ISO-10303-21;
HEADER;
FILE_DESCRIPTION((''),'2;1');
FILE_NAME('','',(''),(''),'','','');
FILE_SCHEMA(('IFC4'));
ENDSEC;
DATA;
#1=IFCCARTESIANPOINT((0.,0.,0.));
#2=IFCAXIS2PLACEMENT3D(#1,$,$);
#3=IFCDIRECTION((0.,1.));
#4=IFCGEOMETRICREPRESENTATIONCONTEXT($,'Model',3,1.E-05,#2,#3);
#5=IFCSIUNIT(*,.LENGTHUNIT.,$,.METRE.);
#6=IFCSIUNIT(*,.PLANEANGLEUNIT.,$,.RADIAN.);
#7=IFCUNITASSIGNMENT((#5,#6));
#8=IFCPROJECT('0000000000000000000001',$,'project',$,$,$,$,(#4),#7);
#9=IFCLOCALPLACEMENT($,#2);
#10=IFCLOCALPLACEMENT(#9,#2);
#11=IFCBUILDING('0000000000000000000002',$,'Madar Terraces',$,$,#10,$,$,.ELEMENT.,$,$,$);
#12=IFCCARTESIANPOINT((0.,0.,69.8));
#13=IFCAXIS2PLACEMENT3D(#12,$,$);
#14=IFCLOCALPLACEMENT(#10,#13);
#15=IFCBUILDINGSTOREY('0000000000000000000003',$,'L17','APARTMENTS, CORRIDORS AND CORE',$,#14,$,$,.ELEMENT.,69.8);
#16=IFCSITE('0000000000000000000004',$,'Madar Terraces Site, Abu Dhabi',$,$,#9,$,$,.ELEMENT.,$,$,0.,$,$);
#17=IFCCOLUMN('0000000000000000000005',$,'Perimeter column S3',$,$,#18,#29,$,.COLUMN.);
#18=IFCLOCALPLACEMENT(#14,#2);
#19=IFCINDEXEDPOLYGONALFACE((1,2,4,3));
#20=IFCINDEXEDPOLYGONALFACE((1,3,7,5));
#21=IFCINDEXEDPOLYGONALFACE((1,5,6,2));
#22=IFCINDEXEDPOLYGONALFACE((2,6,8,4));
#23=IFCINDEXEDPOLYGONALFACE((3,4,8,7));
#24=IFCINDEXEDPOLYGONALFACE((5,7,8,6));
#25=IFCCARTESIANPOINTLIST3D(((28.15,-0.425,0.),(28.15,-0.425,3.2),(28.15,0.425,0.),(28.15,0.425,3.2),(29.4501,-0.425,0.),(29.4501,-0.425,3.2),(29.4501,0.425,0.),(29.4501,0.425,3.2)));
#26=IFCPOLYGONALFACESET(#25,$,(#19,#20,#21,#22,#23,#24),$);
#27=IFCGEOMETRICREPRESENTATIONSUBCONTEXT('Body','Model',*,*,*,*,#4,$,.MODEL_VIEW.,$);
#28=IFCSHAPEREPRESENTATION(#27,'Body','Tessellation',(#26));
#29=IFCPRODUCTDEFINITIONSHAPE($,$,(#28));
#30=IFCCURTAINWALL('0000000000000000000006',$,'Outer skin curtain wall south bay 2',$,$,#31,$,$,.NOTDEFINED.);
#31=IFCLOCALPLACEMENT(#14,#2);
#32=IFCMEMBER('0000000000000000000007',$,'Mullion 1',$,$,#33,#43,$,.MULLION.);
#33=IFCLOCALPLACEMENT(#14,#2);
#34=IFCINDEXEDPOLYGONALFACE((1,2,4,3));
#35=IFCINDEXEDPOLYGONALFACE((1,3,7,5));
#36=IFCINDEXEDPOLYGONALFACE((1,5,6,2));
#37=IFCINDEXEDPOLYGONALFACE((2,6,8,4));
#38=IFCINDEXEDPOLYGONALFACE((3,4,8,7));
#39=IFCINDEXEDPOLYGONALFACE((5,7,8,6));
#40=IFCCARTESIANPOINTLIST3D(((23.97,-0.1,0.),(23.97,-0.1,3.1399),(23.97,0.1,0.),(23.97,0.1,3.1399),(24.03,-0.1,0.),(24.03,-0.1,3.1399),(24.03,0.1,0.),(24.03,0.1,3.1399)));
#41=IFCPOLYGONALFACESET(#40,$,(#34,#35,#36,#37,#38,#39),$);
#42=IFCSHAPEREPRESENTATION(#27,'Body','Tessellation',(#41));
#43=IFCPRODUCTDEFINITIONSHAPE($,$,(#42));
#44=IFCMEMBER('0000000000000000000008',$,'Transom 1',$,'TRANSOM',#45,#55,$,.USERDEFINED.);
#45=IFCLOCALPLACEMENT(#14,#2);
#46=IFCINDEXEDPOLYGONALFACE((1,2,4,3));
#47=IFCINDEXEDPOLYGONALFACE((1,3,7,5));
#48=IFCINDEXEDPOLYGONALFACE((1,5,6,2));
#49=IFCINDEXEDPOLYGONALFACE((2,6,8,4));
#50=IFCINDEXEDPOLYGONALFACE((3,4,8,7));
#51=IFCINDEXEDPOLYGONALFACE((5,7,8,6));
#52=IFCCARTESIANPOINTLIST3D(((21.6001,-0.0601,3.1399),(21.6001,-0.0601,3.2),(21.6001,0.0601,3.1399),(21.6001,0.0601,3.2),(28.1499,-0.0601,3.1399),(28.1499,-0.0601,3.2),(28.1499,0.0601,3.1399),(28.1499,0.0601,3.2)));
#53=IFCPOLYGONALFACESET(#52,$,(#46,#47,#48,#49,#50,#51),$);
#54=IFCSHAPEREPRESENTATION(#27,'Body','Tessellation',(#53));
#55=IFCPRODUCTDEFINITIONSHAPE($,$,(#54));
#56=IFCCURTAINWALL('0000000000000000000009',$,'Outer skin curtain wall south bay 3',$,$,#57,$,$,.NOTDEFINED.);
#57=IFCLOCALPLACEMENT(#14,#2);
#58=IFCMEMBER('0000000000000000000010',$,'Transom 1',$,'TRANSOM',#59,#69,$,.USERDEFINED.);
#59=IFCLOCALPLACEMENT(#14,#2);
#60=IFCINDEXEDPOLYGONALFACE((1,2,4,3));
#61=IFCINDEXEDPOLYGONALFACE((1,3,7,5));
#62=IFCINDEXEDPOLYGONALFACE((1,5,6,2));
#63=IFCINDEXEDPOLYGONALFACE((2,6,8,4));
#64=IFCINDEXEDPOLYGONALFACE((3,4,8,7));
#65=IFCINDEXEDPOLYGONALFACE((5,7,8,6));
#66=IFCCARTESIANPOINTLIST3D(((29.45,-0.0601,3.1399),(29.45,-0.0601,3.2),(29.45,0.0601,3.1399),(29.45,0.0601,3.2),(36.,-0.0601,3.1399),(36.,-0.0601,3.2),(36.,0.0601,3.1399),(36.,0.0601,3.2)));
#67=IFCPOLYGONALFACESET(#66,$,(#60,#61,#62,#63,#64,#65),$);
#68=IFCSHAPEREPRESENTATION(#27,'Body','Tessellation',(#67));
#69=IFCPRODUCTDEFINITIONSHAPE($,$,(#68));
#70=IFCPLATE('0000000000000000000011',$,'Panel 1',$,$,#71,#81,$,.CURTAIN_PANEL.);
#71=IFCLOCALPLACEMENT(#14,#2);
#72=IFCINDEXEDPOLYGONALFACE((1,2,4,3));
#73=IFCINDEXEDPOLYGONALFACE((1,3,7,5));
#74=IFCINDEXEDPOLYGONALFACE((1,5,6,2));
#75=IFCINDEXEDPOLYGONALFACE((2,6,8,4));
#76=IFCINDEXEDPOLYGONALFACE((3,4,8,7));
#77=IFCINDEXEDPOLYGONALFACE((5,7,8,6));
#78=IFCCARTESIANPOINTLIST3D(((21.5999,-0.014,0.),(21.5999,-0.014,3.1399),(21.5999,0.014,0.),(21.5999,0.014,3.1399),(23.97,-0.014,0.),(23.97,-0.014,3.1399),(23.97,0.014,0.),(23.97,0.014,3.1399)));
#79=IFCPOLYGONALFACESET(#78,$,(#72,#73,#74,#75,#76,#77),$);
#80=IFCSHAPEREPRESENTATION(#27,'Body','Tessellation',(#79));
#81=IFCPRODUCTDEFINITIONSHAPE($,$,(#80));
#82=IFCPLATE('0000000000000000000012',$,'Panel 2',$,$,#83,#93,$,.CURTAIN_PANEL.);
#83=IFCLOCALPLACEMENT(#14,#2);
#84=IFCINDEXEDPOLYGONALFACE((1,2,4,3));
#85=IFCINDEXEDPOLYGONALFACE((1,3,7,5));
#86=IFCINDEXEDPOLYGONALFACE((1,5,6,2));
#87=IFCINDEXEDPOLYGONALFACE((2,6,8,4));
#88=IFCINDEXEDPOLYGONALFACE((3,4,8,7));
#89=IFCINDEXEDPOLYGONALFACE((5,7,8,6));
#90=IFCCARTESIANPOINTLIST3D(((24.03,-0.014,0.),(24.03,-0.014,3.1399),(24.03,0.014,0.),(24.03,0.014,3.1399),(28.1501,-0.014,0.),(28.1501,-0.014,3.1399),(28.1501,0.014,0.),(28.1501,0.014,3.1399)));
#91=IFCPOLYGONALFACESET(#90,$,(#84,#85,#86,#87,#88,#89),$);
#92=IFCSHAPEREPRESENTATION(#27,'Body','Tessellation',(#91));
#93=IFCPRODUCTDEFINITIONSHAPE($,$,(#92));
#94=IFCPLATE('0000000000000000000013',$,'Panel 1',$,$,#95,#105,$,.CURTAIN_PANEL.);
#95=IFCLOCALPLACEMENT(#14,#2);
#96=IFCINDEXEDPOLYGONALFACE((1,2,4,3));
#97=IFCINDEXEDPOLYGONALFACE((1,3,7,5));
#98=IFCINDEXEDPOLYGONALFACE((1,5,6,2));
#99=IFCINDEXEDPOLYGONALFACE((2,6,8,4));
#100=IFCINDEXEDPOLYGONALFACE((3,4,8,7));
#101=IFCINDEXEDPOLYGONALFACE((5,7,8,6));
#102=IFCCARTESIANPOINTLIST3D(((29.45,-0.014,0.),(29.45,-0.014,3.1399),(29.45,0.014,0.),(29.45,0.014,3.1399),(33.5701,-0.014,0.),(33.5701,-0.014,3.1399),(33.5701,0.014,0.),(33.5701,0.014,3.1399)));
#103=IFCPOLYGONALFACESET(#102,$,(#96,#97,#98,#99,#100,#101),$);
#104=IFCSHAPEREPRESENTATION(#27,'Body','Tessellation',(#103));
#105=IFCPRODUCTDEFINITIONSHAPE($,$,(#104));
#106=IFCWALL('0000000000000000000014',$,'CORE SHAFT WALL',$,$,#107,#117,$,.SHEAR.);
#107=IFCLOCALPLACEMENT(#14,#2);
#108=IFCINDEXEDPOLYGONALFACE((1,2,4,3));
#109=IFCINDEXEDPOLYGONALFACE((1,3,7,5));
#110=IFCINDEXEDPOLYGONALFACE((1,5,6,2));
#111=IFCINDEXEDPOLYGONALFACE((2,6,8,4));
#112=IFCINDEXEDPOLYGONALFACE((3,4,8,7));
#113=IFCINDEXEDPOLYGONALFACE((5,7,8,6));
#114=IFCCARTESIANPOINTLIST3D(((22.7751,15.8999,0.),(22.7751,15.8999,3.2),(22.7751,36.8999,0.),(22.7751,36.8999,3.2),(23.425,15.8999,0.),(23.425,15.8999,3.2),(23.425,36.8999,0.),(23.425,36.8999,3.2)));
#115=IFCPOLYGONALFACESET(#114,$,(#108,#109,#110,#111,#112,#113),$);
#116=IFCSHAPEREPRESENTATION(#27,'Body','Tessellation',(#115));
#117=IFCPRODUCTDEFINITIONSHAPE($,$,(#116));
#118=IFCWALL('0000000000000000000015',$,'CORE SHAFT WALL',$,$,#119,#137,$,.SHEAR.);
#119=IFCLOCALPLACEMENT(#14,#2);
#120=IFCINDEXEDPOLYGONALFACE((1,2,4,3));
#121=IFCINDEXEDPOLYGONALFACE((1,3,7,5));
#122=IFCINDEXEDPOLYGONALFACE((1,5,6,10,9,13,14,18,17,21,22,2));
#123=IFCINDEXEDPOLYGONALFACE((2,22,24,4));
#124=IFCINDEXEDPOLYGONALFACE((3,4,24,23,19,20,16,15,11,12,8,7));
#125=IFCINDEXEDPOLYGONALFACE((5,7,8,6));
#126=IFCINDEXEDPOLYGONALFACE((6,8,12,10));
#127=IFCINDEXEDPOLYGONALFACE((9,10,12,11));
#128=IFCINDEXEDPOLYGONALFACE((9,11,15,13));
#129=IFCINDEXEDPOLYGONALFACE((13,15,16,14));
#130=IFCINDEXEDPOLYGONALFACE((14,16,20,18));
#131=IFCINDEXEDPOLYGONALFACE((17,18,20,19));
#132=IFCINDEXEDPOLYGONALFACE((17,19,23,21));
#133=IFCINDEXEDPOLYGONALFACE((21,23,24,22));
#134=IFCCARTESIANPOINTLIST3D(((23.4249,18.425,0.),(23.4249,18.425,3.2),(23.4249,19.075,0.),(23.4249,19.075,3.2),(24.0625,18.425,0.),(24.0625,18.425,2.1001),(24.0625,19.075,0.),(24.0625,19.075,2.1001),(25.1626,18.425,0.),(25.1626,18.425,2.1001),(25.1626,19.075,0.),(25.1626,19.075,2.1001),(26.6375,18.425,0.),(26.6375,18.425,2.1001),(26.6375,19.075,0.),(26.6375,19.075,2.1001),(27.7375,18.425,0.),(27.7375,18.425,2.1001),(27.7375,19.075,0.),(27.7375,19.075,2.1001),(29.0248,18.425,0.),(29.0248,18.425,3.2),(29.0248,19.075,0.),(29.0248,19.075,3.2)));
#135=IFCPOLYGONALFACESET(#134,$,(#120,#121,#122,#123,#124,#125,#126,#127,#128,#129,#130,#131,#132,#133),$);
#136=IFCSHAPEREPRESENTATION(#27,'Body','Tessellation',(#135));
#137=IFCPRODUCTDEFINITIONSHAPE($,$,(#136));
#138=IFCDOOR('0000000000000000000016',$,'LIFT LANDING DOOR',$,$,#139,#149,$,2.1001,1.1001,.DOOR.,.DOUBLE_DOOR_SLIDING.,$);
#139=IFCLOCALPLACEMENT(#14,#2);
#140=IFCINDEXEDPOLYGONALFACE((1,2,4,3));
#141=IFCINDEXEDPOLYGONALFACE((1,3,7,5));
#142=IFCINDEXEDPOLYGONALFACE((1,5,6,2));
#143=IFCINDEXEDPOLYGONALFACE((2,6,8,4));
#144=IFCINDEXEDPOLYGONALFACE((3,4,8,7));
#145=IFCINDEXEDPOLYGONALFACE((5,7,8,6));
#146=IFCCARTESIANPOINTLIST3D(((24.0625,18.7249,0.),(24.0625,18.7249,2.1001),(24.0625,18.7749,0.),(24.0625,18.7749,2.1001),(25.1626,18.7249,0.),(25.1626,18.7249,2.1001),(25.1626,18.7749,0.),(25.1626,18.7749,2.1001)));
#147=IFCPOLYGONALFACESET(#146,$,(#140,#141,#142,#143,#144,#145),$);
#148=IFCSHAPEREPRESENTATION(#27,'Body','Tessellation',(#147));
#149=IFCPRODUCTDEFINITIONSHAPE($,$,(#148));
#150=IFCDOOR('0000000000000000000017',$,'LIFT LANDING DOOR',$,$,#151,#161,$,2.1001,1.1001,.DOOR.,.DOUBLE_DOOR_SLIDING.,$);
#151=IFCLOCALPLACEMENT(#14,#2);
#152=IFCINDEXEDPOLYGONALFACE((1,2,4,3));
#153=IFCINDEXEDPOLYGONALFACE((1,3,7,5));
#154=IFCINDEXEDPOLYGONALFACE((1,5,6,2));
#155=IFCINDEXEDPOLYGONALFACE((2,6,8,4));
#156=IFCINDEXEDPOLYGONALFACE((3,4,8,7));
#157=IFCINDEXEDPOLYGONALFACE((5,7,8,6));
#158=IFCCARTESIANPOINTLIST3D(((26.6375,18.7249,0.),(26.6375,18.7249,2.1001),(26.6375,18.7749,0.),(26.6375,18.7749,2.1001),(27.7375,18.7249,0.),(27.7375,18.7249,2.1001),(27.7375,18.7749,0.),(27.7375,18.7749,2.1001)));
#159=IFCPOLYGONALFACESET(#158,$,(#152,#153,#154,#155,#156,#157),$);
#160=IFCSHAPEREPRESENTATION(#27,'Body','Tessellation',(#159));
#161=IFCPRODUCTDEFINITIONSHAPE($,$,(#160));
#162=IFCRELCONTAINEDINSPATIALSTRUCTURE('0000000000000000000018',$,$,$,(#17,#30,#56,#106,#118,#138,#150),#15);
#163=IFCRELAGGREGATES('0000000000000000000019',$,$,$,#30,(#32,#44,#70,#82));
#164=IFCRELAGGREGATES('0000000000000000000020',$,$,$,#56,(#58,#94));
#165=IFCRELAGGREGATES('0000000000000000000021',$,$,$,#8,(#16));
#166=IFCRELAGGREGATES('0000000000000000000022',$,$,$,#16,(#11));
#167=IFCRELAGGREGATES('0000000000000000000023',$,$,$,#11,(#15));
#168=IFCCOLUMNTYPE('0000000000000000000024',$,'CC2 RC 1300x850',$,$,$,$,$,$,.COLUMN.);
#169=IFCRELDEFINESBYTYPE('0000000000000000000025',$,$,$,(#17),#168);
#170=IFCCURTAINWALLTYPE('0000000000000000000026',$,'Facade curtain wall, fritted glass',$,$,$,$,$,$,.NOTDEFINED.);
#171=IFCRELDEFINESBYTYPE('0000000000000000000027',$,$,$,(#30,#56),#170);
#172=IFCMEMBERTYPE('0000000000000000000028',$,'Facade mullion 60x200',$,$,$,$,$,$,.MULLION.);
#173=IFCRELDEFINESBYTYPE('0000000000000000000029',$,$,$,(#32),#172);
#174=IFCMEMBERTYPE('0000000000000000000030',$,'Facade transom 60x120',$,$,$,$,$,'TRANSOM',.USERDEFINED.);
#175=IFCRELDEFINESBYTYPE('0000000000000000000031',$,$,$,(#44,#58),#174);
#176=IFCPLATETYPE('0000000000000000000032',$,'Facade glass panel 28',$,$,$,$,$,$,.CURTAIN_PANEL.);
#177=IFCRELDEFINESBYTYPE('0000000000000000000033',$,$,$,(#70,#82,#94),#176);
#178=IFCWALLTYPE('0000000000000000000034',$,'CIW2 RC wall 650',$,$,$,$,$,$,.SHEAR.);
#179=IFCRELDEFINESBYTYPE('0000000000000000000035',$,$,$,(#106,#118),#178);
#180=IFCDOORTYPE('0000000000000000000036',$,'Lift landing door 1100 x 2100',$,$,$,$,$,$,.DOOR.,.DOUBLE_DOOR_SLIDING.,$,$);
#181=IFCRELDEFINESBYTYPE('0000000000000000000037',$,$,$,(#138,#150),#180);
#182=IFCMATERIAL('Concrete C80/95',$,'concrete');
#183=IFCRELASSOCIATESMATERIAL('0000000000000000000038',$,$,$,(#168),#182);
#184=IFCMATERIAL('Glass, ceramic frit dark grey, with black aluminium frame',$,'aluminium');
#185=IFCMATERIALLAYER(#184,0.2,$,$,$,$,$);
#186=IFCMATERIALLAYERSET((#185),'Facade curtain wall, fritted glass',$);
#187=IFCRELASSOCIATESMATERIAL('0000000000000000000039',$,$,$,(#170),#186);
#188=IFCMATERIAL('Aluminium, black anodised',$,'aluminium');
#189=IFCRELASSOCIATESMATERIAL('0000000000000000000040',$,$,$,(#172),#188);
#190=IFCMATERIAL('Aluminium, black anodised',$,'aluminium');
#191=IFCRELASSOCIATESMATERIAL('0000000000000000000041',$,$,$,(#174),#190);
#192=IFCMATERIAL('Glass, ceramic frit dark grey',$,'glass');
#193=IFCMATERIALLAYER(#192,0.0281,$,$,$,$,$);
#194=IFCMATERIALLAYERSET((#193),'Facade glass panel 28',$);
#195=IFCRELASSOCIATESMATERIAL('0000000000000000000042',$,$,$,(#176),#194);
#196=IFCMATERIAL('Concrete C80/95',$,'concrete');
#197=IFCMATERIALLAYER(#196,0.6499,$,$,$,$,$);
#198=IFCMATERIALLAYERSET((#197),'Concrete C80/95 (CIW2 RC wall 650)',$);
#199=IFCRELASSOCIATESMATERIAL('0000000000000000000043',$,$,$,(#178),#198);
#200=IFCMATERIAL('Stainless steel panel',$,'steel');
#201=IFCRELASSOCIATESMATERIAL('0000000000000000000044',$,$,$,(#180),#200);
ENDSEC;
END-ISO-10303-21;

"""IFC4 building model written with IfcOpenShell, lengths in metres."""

from ifc_helpers import new_model, si_unit, direction, frame, frame_2d, origin, origin_2d, place, context, subcontext, project, spatial, rectangle, extrude, material, layer, layer_set, material_profile, profile_set, type_object, element, fill, aggregate, save


model = new_model("IFC4")

# Units and contexts
model_context = context("Model", 3, precision=1e-05, world=origin(), true_north=direction((0.0, 1.0)))
body_context = subcontext(model_context, "Body", "Model", "MODEL_VIEW")
ifc_project = project(units=[si_unit("LENGTHUNIT", "METRE"), si_unit("PLANEANGLEUNIT", "RADIAN")], contexts=[model_context])

# Site, building, storey
site_placement = place(None, origin())
site = spatial("IfcSite", under=ifc_project, at=site_placement, Name="Madar Terraces Site, Abu Dhabi", CompositionType="ELEMENT", RefElevation=0.0)
building_placement = place(site_placement, origin())
building = spatial("IfcBuilding", under=site, at=building_placement, Name="Madar Terraces", CompositionType="ELEMENT")
storey_placement = place(building_placement, frame((0.0, 0.0, 69.8)))
storey = spatial("IfcBuildingStorey", under=building, at=storey_placement, Name="L17", Description="APARTMENTS, CORRIDORS AND CORE", CompositionType="ELEMENT", Elevation=69.8)

# Column
ifc_material_1 = material(Name="Concrete C80/95", Category="concrete")
ifc_material_profile_1 = material_profile(ifc_material_1, rectangle(XDim=1.3, YDim=0.8501, at=origin_2d()), Name="CC2 RC 1300x850")
ifc_profile_set_1 = profile_set([ifc_material_profile_1], Name="Concrete C80/95")
column_type = type_object("IfcColumnType", Name="CC2 RC 1300x850", PredefinedType="COLUMN", material=ifc_profile_set_1)
column_placement = place(storey_placement, frame((28.8, 0.0, 0.0), z_axis=(0.0, 0.0, 1.0), x_axis=(1.0, 0.0, 0.0)))
element("IfcColumn", 1, at=column_placement, inside=storey, type_object=column_type, Name="Perimeter column S3", PredefinedType="COLUMN", context=body_context, shape_type="SweptSolid", body=[
    extrude(rectangle(XDim=1.3, YDim=0.8501, at=origin_2d()), origin(), (0.0, 0.0, 1.0), 3.2),
])

# Curtain wall, members
ifc_material_2 = material(Name="Glass, ceramic frit dark grey, with black aluminium frame", Category="aluminium")
ifc_layer_1 = layer(ifc_material_2, 0.2)
ifc_layer_set_1 = layer_set([ifc_layer_1], Name="Facade curtain wall, fritted glass")
curtain_wall_type = type_object("IfcCurtainWallType", Name="Facade curtain wall, fritted glass", PredefinedType="NOTDEFINED", material=ifc_layer_set_1)
curtain_wall_1_placement = place(storey_placement, origin())
curtain_wall_1 = element("IfcCurtainWall", 2, at=curtain_wall_1_placement, inside=storey, type_object=curtain_wall_type, Name="Outer skin curtain wall south bay 2", PredefinedType="NOTDEFINED")
ifc_material_3 = material(Name="Aluminium, black anodised", Category="aluminium")
ifc_material_profile_2 = material_profile(ifc_material_3, rectangle(XDim=0.2, YDim=0.0601, at=origin_2d()), Name="Facade mullion 60x200")
ifc_profile_set_2 = profile_set([ifc_material_profile_2], Name="Aluminium, black anodised")
member_type_1 = type_object("IfcMemberType", Name="Facade mullion 60x200", PredefinedType="MULLION", material=ifc_profile_set_2)
member_1_placement = place(storey_placement, frame((24.0, 0.0, 0.0), z_axis=(0.0, 0.0, 1.0), x_axis=(0.0, 1.0, 0.0)))
member_1 = element("IfcMember", 3, at=member_1_placement, type_object=member_type_1, Name="Mullion 1", PredefinedType="MULLION", context=body_context, shape_type="SweptSolid", body=[
    extrude(rectangle(XDim=0.2, YDim=0.0601, at=origin_2d()), origin(), (0.0, 0.0, 1.0), 3.1399),
])
ifc_material_4 = material(Name="Aluminium, black anodised", Category="aluminium")
ifc_material_profile_3 = material_profile(ifc_material_4, rectangle(XDim=0.1201, YDim=0.0601, at=origin_2d()), Name="Facade transom 60x120")
ifc_profile_set_3 = profile_set([ifc_material_profile_3], Name="Aluminium, black anodised")
member_type_2 = type_object("IfcMemberType", Name="Facade transom 60x120", ElementType="TRANSOM", PredefinedType="USERDEFINED", material=ifc_profile_set_3)
member_2_placement = place(storey_placement, frame((21.6001, 0.0, 3.1699), z_axis=(1.0, 0.0, 0.0), x_axis=(0.0, 1.0, 0.0)))
member_2 = element("IfcMember", 4, at=member_2_placement, type_object=member_type_2, Name="Transom 1", ObjectType="TRANSOM", PredefinedType="USERDEFINED", context=body_context, shape_type="SweptSolid", body=[
    extrude(rectangle(XDim=0.1201, YDim=0.0601, at=origin_2d()), origin(), (0.0, 0.0, 1.0), 6.5498),
])

# Curtain wall, member
curtain_wall_2_placement = place(storey_placement, origin())
curtain_wall_2 = element("IfcCurtainWall", 5, at=curtain_wall_2_placement, inside=storey, type_object=curtain_wall_type, Name="Outer skin curtain wall south bay 3", PredefinedType="NOTDEFINED")
member_3_placement = place(storey_placement, frame((29.45, 0.0, 3.1699), z_axis=(1.0, 0.0, 0.0), x_axis=(0.0, 1.0, 0.0)))
member_3 = element("IfcMember", 6, at=member_3_placement, type_object=member_type_2, Name="Transom 1", ObjectType="TRANSOM", PredefinedType="USERDEFINED", context=body_context, shape_type="SweptSolid", body=[
    extrude(rectangle(XDim=0.1201, YDim=0.0601, at=origin_2d()), origin(), (0.0, 0.0, 1.0), 6.55),
])

# Plates
ifc_material_5 = material(Name="Glass, ceramic frit dark grey", Category="glass")
ifc_layer_2 = layer(ifc_material_5, 0.0281)
ifc_layer_set_2 = layer_set([ifc_layer_2], Name="Facade glass panel 28")
plate_type = type_object("IfcPlateType", Name="Facade glass panel 28", PredefinedType="CURTAIN_PANEL", material=ifc_layer_set_2)
plate_1_placement = place(storey_placement, frame((22.7849, 0.0, 0.0), z_axis=(0.0, 0.0, 1.0), x_axis=(1.0, 0.0, 0.0)))
plate_1 = element("IfcPlate", 7, at=plate_1_placement, type_object=plate_type, Name="Panel 1", PredefinedType="CURTAIN_PANEL", context=body_context, shape_type="SweptSolid", body=[
    extrude(rectangle(XDim=2.3701, YDim=0.0281, at=origin_2d()), origin(), (0.0, 0.0, 1.0), 3.1399),
])
plate_2_placement = place(storey_placement, frame((26.0901, 0.0, 0.0), z_axis=(0.0, 0.0, 1.0), x_axis=(1.0, 0.0, 0.0)))
plate_2 = element("IfcPlate", 8, at=plate_2_placement, type_object=plate_type, Name="Panel 2", PredefinedType="CURTAIN_PANEL", context=body_context, shape_type="SweptSolid", body=[
    extrude(rectangle(XDim=4.1201, YDim=0.0281, at=origin_2d()), origin(), (0.0, 0.0, 1.0), 3.1399),
])
aggregate(curtain_wall_1, [member_1, member_2, plate_1, plate_2])
plate_3_placement = place(storey_placement, frame((31.51, 0.0, 0.0), z_axis=(0.0, 0.0, 1.0), x_axis=(1.0, 0.0, 0.0)))
plate_3 = element("IfcPlate", 9, at=plate_3_placement, type_object=plate_type, Name="Panel 1", PredefinedType="CURTAIN_PANEL", context=body_context, shape_type="SweptSolid", body=[
    extrude(rectangle(XDim=4.1201, YDim=0.0281, at=origin_2d()), origin(), (0.0, 0.0, 1.0), 3.1399),
])
aggregate(curtain_wall_2, [member_3, plate_3])

# Wall
ifc_material_6 = material(Name="Concrete C80/95", Category="concrete")
ifc_layer_3 = layer(ifc_material_6, 0.6499)
ifc_layer_set_3 = layer_set([ifc_layer_3], Name="Concrete C80/95 (CIW2 RC wall 650)")
wall_type_1 = type_object("IfcWallType", Name="CIW2 RC wall 650", PredefinedType="SHEAR", material=ifc_layer_set_3)
wall_1_placement = place(storey_placement, frame((23.1001, 15.8999, 0.0), z_axis=(0.0, 0.0, 1.0), x_axis=(0.0, 1.0, 0.0)))
element("IfcWall", 10, at=wall_1_placement, inside=storey, type_object=wall_type_1, Name="CORE SHAFT WALL", PredefinedType="SHEAR", context=body_context, shape_type="SweptSolid", body=[
    extrude(rectangle(XDim=21.0, YDim=0.6499, at=frame_2d((10.5, 0.0))), origin(), (0.0, 0.0, 1.0), 3.2),
])

# Wall, openings, doors
wall_2_placement = place(storey_placement, frame((23.425, 18.75, 0.0), z_axis=(0.0, 0.0, 1.0), x_axis=(1.0, 0.0, 0.0)))
wall_2 = element("IfcWall", 11, at=wall_2_placement, inside=storey, type_object=wall_type_1, Name="CORE SHAFT WALL", PredefinedType="SHEAR", context=body_context, shape_type="SweptSolid", body=[
    extrude(rectangle(XDim=5.5999, YDim=0.6499, at=frame_2d((2.7998, 0.0))), origin(), (0.0, 0.0, 1.0), 3.2),
])
opening_1_placement = place(wall_2_placement, frame((0.6375, 0.0, 0.0)))
opening_1 = element("IfcOpeningElement", 12, at=opening_1_placement, cuts=wall_2, PredefinedType="OPENING", context=body_context, shape_type="SweptSolid", body=[
    extrude(rectangle(XDim=1.1001, YDim=2.1001, at=frame_2d((0.55, 1.05))), frame((0.0, 0.335, 0.0), z_axis=(0.0, -1.0, 0.0), x_axis=(1.0, 0.0, 0.0)), (0.0, 0.0, 1.0), 0.6699),
])
opening_2_placement = place(wall_2_placement, frame((3.2124, 0.0, 0.0)))
opening_2 = element("IfcOpeningElement", 13, at=opening_2_placement, cuts=wall_2, PredefinedType="OPENING", context=body_context, shape_type="SweptSolid", body=[
    extrude(rectangle(XDim=1.1001, YDim=2.1001, at=frame_2d((0.55, 1.05))), frame((0.0, 0.335, 0.0), z_axis=(0.0, -1.0, 0.0), x_axis=(1.0, 0.0, 0.0)), (0.0, 0.0, 1.0), 0.6699),
])
ifc_material_7 = material(Name="Stainless steel panel", Category="steel")
door_type_1 = type_object("IfcDoorType", Name="Lift landing door 1100 x 2100", OperationType="DOUBLE_DOOR_SLIDING", PredefinedType="DOOR", material=ifc_material_7)
door_1_placement = place(opening_1_placement, origin())
door_1 = element("IfcDoor", 14, at=door_1_placement, inside=storey, type_object=door_type_1, Name="LIFT LANDING DOOR", OperationType="DOUBLE_DOOR_SLIDING", OverallHeight=2.1001, OverallWidth=1.1001, PredefinedType="DOOR", context=body_context, shape_type="SweptSolid", body=[
    extrude(rectangle(XDim=1.1001, YDim=2.1001, at=frame_2d((0.55, 1.05))), frame((0.0, 0.0249, 0.0), z_axis=(0.0, -1.0, 0.0), x_axis=(1.0, 0.0, 0.0)), (0.0, 0.0, 1.0), 0.05),
])
fill(opening_1, door_1)
door_2_placement = place(opening_2_placement, origin())
door_2 = element("IfcDoor", 15, at=door_2_placement, inside=storey, type_object=door_type_1, Name="LIFT LANDING DOOR", OperationType="DOUBLE_DOOR_SLIDING", OverallHeight=2.1001, OverallWidth=1.1001, PredefinedType="DOOR", context=body_context, shape_type="SweptSolid", body=[
    extrude(rectangle(XDim=1.1001, YDim=2.1001, at=frame_2d((0.55, 1.05))), frame((0.0, 0.0249, 0.0), z_axis=(0.0, -1.0, 0.0), x_axis=(1.0, 0.0, 0.0)), (0.0, 0.0, 1.0), 0.05),
])
fill(opening_2, door_2)

save(model, "model.ifc")
